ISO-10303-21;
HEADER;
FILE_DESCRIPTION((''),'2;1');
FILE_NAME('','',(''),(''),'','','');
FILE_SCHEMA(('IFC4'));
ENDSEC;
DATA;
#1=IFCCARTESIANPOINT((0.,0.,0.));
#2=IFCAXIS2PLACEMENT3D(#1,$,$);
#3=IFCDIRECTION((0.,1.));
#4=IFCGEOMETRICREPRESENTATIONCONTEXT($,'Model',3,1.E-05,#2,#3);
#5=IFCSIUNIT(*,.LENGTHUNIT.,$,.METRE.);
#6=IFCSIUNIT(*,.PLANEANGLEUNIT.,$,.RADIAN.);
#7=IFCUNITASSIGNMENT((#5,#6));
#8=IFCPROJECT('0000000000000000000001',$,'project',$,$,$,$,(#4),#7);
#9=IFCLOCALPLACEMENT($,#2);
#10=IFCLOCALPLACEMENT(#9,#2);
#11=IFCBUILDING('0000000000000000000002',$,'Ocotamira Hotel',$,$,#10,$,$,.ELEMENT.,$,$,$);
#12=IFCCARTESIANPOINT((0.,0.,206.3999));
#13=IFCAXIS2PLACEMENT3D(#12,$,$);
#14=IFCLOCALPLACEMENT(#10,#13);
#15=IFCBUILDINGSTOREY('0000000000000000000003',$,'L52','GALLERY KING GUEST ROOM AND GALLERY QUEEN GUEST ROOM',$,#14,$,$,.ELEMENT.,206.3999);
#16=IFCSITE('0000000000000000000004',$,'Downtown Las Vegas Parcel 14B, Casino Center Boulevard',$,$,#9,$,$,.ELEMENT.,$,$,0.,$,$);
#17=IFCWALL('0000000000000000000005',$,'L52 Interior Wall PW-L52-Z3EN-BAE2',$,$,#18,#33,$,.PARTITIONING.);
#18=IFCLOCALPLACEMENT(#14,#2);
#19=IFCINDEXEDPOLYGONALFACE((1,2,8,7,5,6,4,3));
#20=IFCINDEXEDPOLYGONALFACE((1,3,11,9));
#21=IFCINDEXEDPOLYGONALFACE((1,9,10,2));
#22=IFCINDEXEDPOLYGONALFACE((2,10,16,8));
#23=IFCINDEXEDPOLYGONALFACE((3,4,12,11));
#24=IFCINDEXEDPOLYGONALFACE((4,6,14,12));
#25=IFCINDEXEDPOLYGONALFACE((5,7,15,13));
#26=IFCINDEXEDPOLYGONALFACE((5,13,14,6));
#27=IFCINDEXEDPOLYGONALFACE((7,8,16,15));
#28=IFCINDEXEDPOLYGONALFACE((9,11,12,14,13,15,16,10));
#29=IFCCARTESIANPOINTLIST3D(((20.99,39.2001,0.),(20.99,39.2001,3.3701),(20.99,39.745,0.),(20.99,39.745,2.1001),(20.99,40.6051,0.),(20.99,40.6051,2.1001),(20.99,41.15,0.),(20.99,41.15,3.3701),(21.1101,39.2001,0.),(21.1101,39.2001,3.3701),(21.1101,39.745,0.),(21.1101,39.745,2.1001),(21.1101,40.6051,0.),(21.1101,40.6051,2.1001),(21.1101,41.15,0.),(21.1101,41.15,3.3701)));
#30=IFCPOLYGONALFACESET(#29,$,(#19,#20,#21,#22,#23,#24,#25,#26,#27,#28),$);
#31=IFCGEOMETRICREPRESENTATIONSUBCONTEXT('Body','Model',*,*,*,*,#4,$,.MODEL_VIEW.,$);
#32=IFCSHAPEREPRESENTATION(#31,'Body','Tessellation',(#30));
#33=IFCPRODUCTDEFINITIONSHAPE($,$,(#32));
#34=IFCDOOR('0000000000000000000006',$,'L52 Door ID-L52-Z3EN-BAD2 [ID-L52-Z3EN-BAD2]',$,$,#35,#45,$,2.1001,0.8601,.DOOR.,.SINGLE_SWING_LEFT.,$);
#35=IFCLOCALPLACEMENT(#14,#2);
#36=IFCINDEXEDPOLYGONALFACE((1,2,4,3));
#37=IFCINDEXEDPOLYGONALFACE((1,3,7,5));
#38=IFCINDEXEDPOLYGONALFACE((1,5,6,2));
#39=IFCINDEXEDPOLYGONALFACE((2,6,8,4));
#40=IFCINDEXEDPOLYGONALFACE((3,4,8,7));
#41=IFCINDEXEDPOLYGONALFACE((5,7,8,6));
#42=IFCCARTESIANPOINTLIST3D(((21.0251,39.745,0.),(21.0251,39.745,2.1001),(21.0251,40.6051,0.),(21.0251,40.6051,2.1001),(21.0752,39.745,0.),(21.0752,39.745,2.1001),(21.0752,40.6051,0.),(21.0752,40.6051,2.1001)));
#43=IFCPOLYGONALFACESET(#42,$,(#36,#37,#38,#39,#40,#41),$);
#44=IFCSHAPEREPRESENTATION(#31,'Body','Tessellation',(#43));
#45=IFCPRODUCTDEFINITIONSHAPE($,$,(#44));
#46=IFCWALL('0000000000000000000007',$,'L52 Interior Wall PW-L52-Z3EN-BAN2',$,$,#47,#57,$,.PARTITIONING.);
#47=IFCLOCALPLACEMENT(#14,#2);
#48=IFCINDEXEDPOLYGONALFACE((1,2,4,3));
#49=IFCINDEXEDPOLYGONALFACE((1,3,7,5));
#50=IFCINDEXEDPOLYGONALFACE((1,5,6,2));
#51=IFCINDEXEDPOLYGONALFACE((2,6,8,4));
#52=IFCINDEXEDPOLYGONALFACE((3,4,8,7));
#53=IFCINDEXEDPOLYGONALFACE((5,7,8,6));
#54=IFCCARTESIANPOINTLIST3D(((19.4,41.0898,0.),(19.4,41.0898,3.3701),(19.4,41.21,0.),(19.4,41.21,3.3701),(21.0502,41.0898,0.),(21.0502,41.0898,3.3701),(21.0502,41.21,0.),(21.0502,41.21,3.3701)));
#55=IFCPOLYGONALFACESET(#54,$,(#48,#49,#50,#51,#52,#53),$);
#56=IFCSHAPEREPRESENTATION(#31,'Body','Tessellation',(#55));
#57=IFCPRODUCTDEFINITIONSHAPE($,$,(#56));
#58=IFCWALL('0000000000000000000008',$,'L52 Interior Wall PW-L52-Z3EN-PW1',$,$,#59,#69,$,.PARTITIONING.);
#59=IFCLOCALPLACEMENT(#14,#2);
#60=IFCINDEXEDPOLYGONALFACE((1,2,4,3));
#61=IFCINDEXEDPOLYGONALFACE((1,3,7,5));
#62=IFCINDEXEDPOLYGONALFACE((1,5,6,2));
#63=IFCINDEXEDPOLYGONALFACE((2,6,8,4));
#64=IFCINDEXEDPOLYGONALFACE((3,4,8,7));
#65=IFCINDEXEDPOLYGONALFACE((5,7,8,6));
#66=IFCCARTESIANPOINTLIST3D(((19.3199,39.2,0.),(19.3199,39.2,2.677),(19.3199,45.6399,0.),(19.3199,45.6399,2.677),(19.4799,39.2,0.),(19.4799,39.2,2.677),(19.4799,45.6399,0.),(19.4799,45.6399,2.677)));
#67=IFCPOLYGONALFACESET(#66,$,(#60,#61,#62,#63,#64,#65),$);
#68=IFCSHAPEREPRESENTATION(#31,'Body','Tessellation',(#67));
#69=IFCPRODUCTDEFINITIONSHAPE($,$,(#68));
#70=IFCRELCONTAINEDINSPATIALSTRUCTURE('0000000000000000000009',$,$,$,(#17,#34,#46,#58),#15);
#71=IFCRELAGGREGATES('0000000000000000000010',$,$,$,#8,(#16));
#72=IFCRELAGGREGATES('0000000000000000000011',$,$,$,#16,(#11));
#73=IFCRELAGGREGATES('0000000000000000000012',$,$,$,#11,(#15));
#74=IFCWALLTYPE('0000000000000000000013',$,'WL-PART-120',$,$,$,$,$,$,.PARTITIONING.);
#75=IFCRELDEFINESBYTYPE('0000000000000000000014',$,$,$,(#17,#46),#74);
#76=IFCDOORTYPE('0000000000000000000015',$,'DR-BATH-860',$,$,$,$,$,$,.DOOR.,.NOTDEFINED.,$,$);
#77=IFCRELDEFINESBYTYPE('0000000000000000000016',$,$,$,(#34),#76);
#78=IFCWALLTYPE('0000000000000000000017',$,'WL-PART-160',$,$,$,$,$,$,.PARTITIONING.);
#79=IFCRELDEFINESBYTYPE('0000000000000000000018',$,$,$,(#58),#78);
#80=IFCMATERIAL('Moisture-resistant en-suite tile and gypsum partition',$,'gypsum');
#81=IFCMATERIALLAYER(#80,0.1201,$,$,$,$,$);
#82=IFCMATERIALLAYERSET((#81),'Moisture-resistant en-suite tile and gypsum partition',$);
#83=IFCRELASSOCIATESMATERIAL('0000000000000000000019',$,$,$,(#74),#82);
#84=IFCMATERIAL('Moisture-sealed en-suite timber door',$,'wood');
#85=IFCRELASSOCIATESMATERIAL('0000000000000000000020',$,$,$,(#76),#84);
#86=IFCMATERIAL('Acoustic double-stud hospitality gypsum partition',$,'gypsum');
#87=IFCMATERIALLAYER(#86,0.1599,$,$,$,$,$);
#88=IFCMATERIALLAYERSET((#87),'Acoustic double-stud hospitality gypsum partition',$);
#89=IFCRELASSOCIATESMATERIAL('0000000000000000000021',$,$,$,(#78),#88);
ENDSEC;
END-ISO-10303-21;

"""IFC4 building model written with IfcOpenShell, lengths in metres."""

from ifc_helpers import new_model, si_unit, direction, frame, frame_2d, origin, place, context, subcontext, project, spatial, rectangle, extrude, source, transform, mapped, material, layer, layer_set, type_object, element, fill, save


model = new_model("IFC4")

# Units and contexts
model_context = context("Model", 3, precision=1e-05, world=origin(), true_north=direction((0.0, 1.0)))
body_context = subcontext(model_context, "Body", "Model", "MODEL_VIEW")
ifc_project = project(units=[si_unit("LENGTHUNIT", "METRE"), si_unit("PLANEANGLEUNIT", "RADIAN")], contexts=[model_context])

# Site, building, storey
site_placement = place(None, origin())
site = spatial("IfcSite", under=ifc_project, at=site_placement, Name="Downtown Las Vegas Parcel 14B, Casino Center Boulevard", CompositionType="ELEMENT", RefElevation=0.0)
building_placement = place(site_placement, origin())
building = spatial("IfcBuilding", under=site, at=building_placement, Name="Ocotamira Hotel", CompositionType="ELEMENT")
storey_placement = place(building_placement, frame((0.0, 0.0, 206.3999)))
storey = spatial("IfcBuildingStorey", under=building, at=storey_placement, Name="L52", Description="GALLERY KING GUEST ROOM AND GALLERY QUEEN GUEST ROOM", CompositionType="ELEMENT", Elevation=206.3999)

# Shared definitions
ifc_material_1 = material(Name="Moisture-resistant en-suite tile and gypsum partition", Category="gypsum")
ifc_layer_1 = layer(ifc_material_1, 0.1201)
ifc_layer_set_1 = layer_set([ifc_layer_1], Name="Moisture-resistant en-suite tile and gypsum partition")
wall_type_1 = type_object("IfcWallType", Name="WL-PART-120", PredefinedType="PARTITIONING", material=ifc_layer_set_1)

# Wall, opening, door
wall_1_placement = place(storey_placement, frame((21.05, 39.2, 0.0), z_axis=(0.0, 0.0, 1.0), x_axis=(0.0, 1.0, 0.0)))
wall_1 = element("IfcWall", 1, at=wall_1_placement, inside=storey, type_object=wall_type_1, Name="L52 Interior Wall PW-L52-Z3EN-BAE2", PredefinedType="PARTITIONING", context=body_context, shape_type="SweptSolid", body=[
    extrude(rectangle(XDim=1.95, YDim=0.1201, at=frame_2d((0.9751, 0.0))), origin(), (0.0, 0.0, 1.0), 3.3701),
])
opening_placement = place(wall_1_placement, frame((0.5449, 0.0, 0.0)))
opening = element("IfcOpeningElement", 2, at=opening_placement, cuts=wall_1, PredefinedType="OPENING", context=body_context, shape_type="SweptSolid", body=[
    extrude(rectangle(XDim=0.8601, YDim=2.1001, at=frame_2d((0.4302, 1.05))), frame((0.0, 0.0701, 0.0), z_axis=(0.0, -1.0, 0.0), x_axis=(1.0, 0.0, 0.0)), (0.0, 0.0, 1.0), 0.1401),
])
ifc_material_2 = material(Name="Moisture-sealed en-suite timber door", Category="wood")
door_type = type_object("IfcDoorType", Name="DR-BATH-860", OperationType="NOTDEFINED", PredefinedType="DOOR", material=ifc_material_2)
shared_shape_1 = source(origin(), body_context, "Body", "SweptSolid", [
    extrude(rectangle(XDim=0.8601, YDim=2.1001, at=frame_2d((0.4302, 1.05))), frame((0.0, 0.0249, 0.0), z_axis=(0.0, -1.0, 0.0), x_axis=(1.0, 0.0, 0.0)), (0.0, 0.0, 1.0), 0.05),
])
door_placement = place(opening_placement, origin())
door = element("IfcDoor", 3, at=door_placement, inside=storey, type_object=door_type, Name="L52 Door ID-L52-Z3EN-BAD2 [ID-L52-Z3EN-BAD2]", OperationType="SINGLE_SWING_LEFT", OverallHeight=2.1001, OverallWidth=0.8601, PredefinedType="DOOR", context=body_context, shape_type="MappedRepresentation", body=[
    mapped(shared_shape_1, transform((0.0, 0.0, 0.0), scale=1.0)),
])
fill(opening, door)

# Walls
wall_2_placement = place(storey_placement, frame((19.3999, 41.1499, 0.0), z_axis=(0.0, 0.0, 1.0), x_axis=(1.0, 0.0, 0.0)))
element("IfcWall", 4, at=wall_2_placement, inside=storey, type_object=wall_type_1, Name="L52 Interior Wall PW-L52-Z3EN-BAN2", PredefinedType="PARTITIONING", context=body_context, shape_type="SweptSolid", body=[
    extrude(rectangle(XDim=1.6501, YDim=0.1201, at=frame_2d((0.8252, 0.0))), origin(), (0.0, 0.0, 1.0), 3.3701),
])
ifc_material_3 = material(Name="Acoustic double-stud hospitality gypsum partition", Category="gypsum")
ifc_layer_2 = layer(ifc_material_3, 0.1599)
ifc_layer_set_2 = layer_set([ifc_layer_2], Name="Acoustic double-stud hospitality gypsum partition")
wall_type_2 = type_object("IfcWallType", Name="WL-PART-160", PredefinedType="PARTITIONING", material=ifc_layer_set_2)
wall_3_placement = place(storey_placement, frame((19.3999, 39.2, 0.0), z_axis=(0.0, 0.0, 1.0), x_axis=(0.0, 1.0, 0.0)))
element("IfcWall", 5, at=wall_3_placement, inside=storey, type_object=wall_type_2, Name="L52 Interior Wall PW-L52-Z3EN-PW1", PredefinedType="PARTITIONING", context=body_context, shape_type="SweptSolid", body=[
    extrude(rectangle(XDim=6.4399, YDim=0.1599, at=frame_2d((3.22, 0.0))), origin(), (0.0, 0.0, 1.0), 2.677),
])

save(model, "model.ifc")
